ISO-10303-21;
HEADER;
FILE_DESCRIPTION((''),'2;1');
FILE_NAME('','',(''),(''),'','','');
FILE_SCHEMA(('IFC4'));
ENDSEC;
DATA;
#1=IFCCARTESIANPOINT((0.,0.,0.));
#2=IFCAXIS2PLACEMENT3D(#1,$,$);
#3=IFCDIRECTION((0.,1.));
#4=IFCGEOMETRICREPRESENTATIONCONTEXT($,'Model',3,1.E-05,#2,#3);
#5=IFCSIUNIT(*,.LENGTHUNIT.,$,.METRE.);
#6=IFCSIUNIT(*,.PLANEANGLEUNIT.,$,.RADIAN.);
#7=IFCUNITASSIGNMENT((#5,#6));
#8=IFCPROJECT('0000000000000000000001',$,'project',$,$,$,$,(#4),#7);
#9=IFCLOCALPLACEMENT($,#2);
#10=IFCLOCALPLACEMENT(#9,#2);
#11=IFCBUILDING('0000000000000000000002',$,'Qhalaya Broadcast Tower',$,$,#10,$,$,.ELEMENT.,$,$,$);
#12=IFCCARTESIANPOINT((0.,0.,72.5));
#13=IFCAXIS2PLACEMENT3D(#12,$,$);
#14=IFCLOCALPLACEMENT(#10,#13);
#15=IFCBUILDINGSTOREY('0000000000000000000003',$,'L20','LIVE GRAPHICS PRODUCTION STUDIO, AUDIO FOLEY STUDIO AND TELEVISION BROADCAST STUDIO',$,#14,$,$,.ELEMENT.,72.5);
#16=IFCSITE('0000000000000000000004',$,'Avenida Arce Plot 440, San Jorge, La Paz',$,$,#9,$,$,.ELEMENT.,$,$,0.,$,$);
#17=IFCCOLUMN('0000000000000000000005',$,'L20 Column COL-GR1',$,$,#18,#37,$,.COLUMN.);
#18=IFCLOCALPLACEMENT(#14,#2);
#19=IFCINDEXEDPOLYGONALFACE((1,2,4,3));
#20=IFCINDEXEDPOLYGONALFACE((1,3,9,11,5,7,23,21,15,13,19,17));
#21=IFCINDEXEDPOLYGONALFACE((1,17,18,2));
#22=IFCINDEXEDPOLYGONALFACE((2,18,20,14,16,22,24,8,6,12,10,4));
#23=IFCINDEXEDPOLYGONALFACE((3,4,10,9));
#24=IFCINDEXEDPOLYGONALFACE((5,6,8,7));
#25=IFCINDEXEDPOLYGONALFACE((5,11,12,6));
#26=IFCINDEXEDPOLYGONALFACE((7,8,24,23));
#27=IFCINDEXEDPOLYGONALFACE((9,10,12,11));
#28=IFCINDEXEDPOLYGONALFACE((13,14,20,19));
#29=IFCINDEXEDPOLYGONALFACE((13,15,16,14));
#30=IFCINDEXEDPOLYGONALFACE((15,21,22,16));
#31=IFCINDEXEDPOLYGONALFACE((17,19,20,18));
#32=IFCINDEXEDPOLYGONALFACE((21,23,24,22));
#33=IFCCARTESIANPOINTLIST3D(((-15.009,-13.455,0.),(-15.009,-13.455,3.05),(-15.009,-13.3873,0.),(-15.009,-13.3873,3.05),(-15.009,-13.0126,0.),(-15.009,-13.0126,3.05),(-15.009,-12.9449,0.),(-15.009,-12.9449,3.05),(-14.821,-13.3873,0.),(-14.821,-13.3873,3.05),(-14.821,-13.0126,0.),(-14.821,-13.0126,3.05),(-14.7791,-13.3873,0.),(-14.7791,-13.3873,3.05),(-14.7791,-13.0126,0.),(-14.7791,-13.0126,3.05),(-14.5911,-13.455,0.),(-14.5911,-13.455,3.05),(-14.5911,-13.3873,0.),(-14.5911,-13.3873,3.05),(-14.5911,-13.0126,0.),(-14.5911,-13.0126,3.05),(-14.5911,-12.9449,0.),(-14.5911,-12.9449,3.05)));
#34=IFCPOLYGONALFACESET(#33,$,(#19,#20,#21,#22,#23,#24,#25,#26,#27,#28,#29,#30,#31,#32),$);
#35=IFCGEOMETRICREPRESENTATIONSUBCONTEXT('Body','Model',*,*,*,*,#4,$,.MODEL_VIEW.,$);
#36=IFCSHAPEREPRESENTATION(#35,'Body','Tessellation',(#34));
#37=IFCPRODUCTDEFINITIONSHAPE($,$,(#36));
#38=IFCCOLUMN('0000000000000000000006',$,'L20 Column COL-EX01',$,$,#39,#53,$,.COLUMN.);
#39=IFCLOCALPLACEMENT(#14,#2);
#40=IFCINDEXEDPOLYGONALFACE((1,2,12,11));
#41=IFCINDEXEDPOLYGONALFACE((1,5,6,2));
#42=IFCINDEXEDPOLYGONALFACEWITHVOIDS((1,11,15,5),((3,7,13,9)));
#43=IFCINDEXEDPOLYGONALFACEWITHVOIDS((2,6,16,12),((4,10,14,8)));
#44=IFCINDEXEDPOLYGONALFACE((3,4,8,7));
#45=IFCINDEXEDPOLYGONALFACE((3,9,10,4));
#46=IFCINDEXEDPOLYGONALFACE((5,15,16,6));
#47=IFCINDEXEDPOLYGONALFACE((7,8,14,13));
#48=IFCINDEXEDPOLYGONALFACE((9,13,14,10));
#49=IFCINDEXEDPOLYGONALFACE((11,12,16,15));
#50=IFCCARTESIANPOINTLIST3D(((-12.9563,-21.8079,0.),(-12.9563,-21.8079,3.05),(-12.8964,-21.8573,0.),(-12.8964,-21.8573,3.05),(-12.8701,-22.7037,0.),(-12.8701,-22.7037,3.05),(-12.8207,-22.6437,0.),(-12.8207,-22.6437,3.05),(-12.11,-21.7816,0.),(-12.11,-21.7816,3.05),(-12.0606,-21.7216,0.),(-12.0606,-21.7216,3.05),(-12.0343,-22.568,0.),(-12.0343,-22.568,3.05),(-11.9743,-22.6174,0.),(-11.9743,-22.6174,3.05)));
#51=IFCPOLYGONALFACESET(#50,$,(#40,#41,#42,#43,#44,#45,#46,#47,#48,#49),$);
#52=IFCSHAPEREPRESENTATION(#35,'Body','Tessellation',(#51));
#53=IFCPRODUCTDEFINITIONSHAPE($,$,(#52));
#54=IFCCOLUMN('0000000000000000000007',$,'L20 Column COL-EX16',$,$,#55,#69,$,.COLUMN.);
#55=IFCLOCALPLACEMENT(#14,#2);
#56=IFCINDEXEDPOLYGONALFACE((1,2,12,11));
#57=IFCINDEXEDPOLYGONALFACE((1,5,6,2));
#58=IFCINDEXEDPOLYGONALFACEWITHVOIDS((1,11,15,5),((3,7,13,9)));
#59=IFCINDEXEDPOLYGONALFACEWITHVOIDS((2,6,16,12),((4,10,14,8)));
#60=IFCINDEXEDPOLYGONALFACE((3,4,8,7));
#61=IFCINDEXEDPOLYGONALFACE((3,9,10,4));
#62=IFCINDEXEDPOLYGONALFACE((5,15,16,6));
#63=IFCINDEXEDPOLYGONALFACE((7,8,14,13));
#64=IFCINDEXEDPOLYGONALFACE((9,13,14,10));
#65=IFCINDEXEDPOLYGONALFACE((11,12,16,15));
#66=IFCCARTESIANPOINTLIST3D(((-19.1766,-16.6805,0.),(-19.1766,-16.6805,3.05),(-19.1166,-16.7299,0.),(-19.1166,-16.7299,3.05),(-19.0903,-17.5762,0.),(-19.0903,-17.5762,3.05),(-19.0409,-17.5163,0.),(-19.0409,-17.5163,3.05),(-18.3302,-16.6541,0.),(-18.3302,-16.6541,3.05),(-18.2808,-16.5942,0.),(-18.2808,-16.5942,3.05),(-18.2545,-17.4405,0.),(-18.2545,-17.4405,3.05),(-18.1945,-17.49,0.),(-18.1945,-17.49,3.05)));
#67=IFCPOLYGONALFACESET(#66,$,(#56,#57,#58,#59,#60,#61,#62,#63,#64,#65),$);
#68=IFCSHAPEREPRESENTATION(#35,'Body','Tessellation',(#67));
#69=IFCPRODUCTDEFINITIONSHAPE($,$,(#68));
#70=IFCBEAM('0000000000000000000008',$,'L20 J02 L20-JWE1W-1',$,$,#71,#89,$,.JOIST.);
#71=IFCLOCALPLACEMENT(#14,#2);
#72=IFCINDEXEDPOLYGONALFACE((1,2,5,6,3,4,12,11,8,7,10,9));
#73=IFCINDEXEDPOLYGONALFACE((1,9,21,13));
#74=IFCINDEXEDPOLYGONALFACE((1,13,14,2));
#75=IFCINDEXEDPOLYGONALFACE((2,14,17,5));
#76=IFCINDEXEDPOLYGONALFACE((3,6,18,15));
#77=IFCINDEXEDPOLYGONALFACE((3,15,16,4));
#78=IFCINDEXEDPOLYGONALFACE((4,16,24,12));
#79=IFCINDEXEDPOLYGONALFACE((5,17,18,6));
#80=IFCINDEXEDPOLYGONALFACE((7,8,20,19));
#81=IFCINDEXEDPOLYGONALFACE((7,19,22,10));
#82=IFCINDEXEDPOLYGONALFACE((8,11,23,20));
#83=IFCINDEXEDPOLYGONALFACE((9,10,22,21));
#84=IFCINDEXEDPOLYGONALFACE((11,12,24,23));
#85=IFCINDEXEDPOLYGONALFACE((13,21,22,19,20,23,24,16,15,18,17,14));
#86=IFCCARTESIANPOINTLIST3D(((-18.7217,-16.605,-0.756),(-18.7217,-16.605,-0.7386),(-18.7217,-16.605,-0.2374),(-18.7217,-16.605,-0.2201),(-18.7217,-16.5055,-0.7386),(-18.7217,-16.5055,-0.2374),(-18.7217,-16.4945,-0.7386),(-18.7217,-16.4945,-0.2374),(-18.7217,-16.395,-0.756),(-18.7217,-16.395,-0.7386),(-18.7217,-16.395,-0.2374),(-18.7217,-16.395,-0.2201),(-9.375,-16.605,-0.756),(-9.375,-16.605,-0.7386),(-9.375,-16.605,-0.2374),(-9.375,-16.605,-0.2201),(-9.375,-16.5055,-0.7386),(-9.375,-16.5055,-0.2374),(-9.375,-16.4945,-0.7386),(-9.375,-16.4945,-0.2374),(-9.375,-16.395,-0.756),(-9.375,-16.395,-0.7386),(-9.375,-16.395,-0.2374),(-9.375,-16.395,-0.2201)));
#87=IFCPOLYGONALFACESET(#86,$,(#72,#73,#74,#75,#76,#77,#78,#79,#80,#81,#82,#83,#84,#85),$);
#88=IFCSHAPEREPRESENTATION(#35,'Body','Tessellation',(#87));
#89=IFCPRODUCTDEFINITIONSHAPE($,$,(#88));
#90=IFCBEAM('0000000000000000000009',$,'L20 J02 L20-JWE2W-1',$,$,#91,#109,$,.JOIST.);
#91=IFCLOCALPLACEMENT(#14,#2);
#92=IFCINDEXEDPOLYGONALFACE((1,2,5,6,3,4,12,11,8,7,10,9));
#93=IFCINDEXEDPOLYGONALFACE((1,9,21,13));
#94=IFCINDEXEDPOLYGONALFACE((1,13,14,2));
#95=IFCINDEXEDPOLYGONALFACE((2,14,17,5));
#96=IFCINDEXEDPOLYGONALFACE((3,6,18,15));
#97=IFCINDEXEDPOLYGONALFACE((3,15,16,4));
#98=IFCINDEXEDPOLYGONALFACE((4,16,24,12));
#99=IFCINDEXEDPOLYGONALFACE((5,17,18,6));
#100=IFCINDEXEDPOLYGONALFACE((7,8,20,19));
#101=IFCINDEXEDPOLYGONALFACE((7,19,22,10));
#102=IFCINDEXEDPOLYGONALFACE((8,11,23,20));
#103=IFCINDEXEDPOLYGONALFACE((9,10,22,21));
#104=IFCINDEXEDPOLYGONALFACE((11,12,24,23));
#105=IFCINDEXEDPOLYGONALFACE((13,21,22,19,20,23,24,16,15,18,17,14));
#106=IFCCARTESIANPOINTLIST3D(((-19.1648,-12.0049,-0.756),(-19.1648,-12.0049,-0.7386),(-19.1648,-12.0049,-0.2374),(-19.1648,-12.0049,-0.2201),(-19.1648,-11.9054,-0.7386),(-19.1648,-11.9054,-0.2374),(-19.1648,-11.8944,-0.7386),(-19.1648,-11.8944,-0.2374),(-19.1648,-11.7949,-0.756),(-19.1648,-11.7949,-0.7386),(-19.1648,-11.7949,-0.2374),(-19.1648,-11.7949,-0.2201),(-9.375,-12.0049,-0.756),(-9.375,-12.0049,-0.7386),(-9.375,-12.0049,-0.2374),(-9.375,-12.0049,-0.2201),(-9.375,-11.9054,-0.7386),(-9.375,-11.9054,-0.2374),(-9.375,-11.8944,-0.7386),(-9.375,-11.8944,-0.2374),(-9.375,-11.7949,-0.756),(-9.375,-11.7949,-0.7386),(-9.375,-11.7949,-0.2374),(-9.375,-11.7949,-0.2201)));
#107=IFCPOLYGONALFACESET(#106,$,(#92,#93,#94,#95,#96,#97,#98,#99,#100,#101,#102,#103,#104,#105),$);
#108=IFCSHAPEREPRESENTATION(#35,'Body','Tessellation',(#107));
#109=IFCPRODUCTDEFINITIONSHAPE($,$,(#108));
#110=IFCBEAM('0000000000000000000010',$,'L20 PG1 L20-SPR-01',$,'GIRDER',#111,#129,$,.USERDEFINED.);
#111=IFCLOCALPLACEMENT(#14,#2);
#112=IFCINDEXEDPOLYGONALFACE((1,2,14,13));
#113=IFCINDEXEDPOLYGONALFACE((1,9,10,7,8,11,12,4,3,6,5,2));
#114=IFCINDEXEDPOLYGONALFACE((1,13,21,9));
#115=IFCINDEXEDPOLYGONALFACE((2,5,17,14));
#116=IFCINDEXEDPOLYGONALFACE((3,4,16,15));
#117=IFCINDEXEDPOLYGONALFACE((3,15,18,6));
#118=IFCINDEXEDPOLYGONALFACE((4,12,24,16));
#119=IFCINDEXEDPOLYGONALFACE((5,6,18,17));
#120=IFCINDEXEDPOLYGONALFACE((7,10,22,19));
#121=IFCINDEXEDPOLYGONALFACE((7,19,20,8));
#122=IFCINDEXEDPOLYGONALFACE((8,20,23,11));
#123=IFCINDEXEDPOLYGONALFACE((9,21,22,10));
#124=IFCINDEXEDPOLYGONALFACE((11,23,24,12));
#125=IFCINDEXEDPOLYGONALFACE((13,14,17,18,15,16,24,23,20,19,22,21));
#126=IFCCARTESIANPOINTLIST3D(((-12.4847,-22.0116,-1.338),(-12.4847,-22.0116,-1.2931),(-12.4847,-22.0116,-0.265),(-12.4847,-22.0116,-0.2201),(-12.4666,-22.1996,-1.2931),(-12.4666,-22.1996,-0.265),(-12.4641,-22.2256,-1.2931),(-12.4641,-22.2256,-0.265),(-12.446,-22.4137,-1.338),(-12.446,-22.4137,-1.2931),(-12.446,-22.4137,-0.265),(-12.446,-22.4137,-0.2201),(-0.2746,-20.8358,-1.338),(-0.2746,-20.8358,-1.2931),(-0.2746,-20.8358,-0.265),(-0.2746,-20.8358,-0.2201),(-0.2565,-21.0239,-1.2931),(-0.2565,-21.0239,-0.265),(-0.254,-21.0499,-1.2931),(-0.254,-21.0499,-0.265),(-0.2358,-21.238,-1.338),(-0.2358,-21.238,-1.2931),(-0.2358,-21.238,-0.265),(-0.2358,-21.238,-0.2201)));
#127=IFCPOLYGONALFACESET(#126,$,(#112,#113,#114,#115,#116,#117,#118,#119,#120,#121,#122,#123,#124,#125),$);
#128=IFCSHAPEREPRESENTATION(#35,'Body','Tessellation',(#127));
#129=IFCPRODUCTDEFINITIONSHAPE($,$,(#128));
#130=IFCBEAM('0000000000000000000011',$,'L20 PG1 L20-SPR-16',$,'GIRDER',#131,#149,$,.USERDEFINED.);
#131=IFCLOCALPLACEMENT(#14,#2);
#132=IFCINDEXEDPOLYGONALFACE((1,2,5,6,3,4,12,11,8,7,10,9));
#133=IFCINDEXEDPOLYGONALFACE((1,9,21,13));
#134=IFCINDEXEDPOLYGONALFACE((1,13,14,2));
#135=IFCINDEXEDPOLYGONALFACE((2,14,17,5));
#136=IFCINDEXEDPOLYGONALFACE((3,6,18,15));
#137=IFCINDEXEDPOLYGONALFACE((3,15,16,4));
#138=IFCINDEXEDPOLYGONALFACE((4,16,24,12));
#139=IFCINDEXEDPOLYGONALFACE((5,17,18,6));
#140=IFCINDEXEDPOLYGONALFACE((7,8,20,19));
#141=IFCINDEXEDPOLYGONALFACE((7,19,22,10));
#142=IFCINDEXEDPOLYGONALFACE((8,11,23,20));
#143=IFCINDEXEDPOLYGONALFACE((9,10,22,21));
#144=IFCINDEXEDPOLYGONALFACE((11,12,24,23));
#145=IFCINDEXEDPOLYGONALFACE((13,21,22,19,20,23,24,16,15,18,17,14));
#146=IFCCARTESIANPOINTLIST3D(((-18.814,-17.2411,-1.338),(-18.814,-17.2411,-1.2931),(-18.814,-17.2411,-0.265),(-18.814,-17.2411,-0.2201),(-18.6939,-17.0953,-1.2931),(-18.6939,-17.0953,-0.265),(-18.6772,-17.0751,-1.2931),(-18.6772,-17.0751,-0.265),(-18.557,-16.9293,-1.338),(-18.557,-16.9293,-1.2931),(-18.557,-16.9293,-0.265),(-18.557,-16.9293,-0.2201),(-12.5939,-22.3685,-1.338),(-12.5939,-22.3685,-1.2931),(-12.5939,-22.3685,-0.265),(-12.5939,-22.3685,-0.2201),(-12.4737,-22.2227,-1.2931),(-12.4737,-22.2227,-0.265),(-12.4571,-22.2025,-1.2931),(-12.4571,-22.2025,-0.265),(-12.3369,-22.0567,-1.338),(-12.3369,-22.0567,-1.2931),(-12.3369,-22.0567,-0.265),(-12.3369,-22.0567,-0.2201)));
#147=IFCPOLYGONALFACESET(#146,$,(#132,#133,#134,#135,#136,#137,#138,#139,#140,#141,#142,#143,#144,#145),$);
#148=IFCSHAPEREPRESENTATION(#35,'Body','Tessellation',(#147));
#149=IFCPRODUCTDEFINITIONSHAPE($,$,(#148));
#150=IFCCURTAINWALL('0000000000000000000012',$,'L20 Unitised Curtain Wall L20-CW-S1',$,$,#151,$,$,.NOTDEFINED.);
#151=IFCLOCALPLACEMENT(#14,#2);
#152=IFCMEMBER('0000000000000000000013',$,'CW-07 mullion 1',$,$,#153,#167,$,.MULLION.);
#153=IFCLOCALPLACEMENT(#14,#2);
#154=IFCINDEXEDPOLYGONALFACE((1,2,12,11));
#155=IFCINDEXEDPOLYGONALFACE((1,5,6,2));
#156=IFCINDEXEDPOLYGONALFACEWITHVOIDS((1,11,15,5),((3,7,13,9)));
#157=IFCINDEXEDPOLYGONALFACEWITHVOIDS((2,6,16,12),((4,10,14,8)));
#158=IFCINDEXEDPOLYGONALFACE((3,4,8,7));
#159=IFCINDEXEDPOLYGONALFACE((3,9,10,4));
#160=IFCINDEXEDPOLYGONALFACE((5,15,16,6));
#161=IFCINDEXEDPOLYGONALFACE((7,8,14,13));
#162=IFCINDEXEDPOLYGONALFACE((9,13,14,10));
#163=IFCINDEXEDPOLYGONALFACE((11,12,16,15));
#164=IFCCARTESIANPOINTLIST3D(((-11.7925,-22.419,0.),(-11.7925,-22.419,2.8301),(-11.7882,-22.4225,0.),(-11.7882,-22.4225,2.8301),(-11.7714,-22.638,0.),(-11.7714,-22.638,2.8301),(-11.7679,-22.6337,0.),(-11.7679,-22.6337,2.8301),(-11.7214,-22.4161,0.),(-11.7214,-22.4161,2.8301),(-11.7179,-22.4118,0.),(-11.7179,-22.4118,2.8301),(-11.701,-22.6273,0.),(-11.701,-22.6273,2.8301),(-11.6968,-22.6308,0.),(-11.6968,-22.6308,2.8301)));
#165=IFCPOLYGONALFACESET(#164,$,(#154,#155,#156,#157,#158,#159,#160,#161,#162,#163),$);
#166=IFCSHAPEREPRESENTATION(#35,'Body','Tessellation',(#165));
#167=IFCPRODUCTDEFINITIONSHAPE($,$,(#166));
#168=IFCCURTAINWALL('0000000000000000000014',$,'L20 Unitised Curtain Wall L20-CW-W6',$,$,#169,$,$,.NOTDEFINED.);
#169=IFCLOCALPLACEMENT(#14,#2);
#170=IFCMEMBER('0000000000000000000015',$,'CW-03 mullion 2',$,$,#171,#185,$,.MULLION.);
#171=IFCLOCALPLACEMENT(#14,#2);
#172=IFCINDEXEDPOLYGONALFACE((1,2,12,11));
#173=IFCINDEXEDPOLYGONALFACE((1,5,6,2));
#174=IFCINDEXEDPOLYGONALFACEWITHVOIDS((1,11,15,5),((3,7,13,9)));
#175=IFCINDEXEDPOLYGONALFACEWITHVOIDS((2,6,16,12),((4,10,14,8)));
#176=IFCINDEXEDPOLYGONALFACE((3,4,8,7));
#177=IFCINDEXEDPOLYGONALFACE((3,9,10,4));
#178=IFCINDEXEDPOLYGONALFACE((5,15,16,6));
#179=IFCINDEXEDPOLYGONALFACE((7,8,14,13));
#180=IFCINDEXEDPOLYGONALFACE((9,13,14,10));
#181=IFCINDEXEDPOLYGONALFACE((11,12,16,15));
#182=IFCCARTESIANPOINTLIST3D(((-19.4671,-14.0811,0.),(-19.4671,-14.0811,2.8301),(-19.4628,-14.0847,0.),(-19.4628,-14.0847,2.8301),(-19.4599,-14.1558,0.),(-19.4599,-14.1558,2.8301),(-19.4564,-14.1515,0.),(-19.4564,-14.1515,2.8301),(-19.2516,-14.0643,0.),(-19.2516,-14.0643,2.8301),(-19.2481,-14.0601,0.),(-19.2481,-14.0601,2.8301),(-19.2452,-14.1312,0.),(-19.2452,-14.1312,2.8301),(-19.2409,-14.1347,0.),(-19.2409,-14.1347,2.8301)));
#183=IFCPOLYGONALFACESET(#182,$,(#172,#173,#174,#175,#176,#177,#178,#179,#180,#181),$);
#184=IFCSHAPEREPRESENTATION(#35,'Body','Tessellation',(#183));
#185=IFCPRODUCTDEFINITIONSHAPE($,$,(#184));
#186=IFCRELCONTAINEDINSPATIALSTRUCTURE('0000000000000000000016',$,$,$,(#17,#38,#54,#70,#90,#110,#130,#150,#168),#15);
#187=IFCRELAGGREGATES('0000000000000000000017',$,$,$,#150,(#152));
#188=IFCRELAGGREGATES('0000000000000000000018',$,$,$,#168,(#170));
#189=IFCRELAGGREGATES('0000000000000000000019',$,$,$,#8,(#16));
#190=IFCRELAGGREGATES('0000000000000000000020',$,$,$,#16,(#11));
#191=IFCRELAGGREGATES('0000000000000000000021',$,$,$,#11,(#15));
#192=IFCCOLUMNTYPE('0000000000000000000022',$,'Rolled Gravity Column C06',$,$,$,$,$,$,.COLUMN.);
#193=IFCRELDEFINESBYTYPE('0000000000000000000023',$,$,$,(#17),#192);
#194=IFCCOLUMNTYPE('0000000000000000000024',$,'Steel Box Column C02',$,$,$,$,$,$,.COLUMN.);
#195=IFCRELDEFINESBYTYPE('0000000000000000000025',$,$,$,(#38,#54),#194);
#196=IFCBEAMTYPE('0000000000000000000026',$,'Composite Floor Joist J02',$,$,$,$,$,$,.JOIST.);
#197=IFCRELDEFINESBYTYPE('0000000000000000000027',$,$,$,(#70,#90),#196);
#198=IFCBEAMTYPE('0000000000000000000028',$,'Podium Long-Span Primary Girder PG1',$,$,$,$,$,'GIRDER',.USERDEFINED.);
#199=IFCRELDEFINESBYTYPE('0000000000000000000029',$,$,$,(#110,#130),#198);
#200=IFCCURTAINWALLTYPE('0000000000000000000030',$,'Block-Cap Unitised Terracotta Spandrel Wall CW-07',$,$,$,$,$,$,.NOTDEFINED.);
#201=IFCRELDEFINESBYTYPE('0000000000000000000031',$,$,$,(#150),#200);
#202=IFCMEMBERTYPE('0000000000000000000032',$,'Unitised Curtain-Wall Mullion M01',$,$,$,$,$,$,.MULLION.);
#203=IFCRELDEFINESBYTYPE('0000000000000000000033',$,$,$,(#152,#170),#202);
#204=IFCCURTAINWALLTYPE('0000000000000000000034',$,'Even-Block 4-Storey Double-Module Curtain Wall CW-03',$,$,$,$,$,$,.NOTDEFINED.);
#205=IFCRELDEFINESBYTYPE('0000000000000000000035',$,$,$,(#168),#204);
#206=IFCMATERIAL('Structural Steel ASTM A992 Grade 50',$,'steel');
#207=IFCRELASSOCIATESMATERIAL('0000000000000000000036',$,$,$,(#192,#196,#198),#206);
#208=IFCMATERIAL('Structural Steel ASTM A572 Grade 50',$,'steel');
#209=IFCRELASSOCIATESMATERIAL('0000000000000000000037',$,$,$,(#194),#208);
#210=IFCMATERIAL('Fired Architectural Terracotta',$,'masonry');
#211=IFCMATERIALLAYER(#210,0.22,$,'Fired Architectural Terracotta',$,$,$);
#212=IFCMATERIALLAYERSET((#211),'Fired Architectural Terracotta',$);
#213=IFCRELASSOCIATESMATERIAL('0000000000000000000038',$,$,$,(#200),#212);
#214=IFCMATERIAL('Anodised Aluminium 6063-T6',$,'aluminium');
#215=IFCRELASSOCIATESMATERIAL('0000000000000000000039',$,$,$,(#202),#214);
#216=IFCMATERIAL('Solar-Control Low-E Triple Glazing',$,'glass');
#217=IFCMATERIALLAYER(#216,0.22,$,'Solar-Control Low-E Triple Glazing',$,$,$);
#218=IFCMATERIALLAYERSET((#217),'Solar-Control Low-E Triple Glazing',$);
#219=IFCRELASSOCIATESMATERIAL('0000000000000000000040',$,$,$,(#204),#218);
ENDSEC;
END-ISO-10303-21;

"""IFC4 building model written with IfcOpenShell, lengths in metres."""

from ifc_helpers import new_model, si_unit, direction, frame, origin, origin_2d, place, context, subcontext, project, spatial, hollow_rectangle, i_section, extrude, material, layer, layer_set, material_profile, profile_set, type_object, element, aggregate, save


model = new_model("IFC4")

# Units and contexts
model_context = context("Model", 3, precision=1e-05, world=origin(), true_north=direction((0.0, 1.0)))
body_context = subcontext(model_context, "Body", "Model", "MODEL_VIEW")
ifc_project = project(units=[si_unit("LENGTHUNIT", "METRE"), si_unit("PLANEANGLEUNIT", "RADIAN")], contexts=[model_context])

# Site, building, storey
site_placement = place(None, origin())
site = spatial("IfcSite", under=ifc_project, at=site_placement, Name="Avenida Arce Plot 440, San Jorge, La Paz", CompositionType="ELEMENT", RefElevation=0.0)
building_placement = place(site_placement, origin())
building = spatial("IfcBuilding", under=site, at=building_placement, Name="Qhalaya Broadcast Tower", CompositionType="ELEMENT")
storey_placement = place(building_placement, frame((0.0, 0.0, 72.5)))
storey = spatial("IfcBuildingStorey", under=building, at=storey_placement, Name="L20", Description="LIVE GRAPHICS PRODUCTION STUDIO, AUDIO FOLEY STUDIO AND TELEVISION BROADCAST STUDIO", CompositionType="ELEMENT", Elevation=72.5)

# Columns
ifc_material_1 = material(Name="Structural Steel ASTM A992 Grade 50", Category="steel")
ifc_material_profile_1 = material_profile(ifc_material_1, i_section(OverallWidth=0.418, OverallDepth=0.51, WebThickness=0.042, FlangeThickness=0.0676, at=origin_2d()), Name="W14X370")
ifc_profile_set_1 = profile_set([ifc_material_profile_1], Name="Structural Steel ASTM A992 Grade 50")
column_type_1 = type_object("IfcColumnType", Name="Rolled Gravity Column C06", PredefinedType="COLUMN", material=ifc_profile_set_1)
column_placement = place(storey_placement, frame((-14.8, -13.2, 0.0), z_axis=(0.0, 0.0, 1.0), x_axis=(1.0, 0.0, 0.0)))
element("IfcColumn", 1, at=column_placement, inside=storey, type_object=column_type_1, Name="L20 Column COL-GR1", PredefinedType="COLUMN", context=body_context, shape_type="SweptSolid", body=[
    extrude(i_section(OverallWidth=0.418, OverallDepth=0.51, WebThickness=0.042, FlangeThickness=0.0676, at=origin_2d()), origin(), (0.0, 0.0, 1.0), 3.05),
])
ifc_material_2 = material(Name="Structural Steel ASTM A572 Grade 50", Category="steel")
ifc_material_profile_2 = material_profile(ifc_material_2, hollow_rectangle(XDim=0.8999, YDim=0.8999, WallThickness=0.0549, at=origin_2d()), Name="BOX 900x900x55")
ifc_profile_set_2 = profile_set([ifc_material_profile_2], Name="Structural Steel ASTM A572 Grade 50")
column_type_2 = type_object("IfcColumnType", Name="Steel Box Column C02", PredefinedType="COLUMN", material=ifc_profile_set_2)
for number, where, z_axis, x_axis, name in (
    (2, (-12.4653, -22.2126, 0.0), (0.0, 0.0, 1.0), (0.995396, 0.095846, 0.0), "L20 Column COL-EX01"),
    (3, (-18.6855, -17.0852, 0.0), (0.0, 0.0, 1.0), (-0.095846, 0.995396, 0.0), "L20 Column COL-EX16"),
):
    element("IfcColumn", number, at=place(storey_placement, frame(where, z_axis=z_axis, x_axis=x_axis)), inside=storey, type_object=column_type_2, Name=name, PredefinedType="COLUMN", context=body_context, shape_type="SweptSolid", body=[
        extrude(hollow_rectangle(XDim=0.8999, YDim=0.8999, WallThickness=0.0549, at=origin_2d()), origin(), (0.0, 0.0, 1.0), 3.05),
    ])

# Beams
ifc_material_profile_3 = material_profile(ifc_material_1, i_section(OverallWidth=0.21, OverallDepth=0.5359, WebThickness=0.011, FlangeThickness=0.0173, at=origin_2d()), Name="W21X68")
ifc_profile_set_3 = profile_set([ifc_material_profile_3], Name="Structural Steel ASTM A992 Grade 50")
beam_type_1 = type_object("IfcBeamType", Name="Composite Floor Joist J02", PredefinedType="JOIST", material=ifc_profile_set_3)
beam_1_placement = place(storey_placement, frame((-18.7217, -16.5, -0.488), z_axis=(1.0, 0.0, 0.0), x_axis=(0.0, 1.0, 0.0)))
element("IfcBeam", 4, at=beam_1_placement, inside=storey, type_object=beam_type_1, Name="L20 J02 L20-JWE1W-1", PredefinedType="JOIST", context=body_context, shape_type="SweptSolid", body=[
    extrude(i_section(OverallWidth=0.21, OverallDepth=0.5359, WebThickness=0.011, FlangeThickness=0.0173, at=origin_2d()), origin(), (0.0, 0.0, 1.0), 9.3467),
])
beam_2_placement = place(storey_placement, frame((-19.1648, -11.8999, -0.488), z_axis=(1.0, 0.0, 0.0), x_axis=(0.0, 1.0, 0.0)))
element("IfcBeam", 5, at=beam_2_placement, inside=storey, type_object=beam_type_1, Name="L20 J02 L20-JWE2W-1", PredefinedType="JOIST", context=body_context, shape_type="SweptSolid", body=[
    extrude(i_section(OverallWidth=0.21, OverallDepth=0.5359, WebThickness=0.011, FlangeThickness=0.0173, at=origin_2d()), origin(), (0.0, 0.0, 1.0), 9.7898),
])
ifc_material_profile_4 = material_profile(ifc_material_1, i_section(OverallWidth=0.4041, OverallDepth=1.1179, WebThickness=0.0261, FlangeThickness=0.0449, at=origin_2d()), Name="W44X335")
ifc_profile_set_4 = profile_set([ifc_material_profile_4], Name="Structural Steel ASTM A992 Grade 50")
beam_type_2 = type_object("IfcBeamType", Name="Podium Long-Span Primary Girder PG1", ElementType="GIRDER", PredefinedType="USERDEFINED", material=ifc_profile_set_4)
beam_3_placement = place(storey_placement, frame((-12.4653, -22.2126, -0.7791), z_axis=(0.995396, 0.095852, 0.0), x_axis=(-0.095852, 0.995396, 0.0)))
element("IfcBeam", 6, at=beam_3_placement, inside=storey, type_object=beam_type_2, Name="L20 PG1 L20-SPR-01", ObjectType="GIRDER", PredefinedType="USERDEFINED", context=body_context, shape_type="SweptSolid", body=[
    extrude(i_section(OverallWidth=0.4041, OverallDepth=1.1179, WebThickness=0.0261, FlangeThickness=0.0449, at=origin_2d()), origin(), (0.0, 0.0, 1.0), 12.2666),
])
beam_4_placement = place(storey_placement, frame((-18.6855, -17.0852, -0.7791), z_axis=(0.771631, -0.63607, 0.0), x_axis=(0.63607, 0.771631, 0.0)))
element("IfcBeam", 7, at=beam_4_placement, inside=storey, type_object=beam_type_2, Name="L20 PG1 L20-SPR-16", ObjectType="GIRDER", PredefinedType="USERDEFINED", context=body_context, shape_type="SweptSolid", body=[
    extrude(i_section(OverallWidth=0.4041, OverallDepth=1.1179, WebThickness=0.0261, FlangeThickness=0.0449, at=origin_2d()), origin(), (0.0, 0.0, 1.0), 8.061),
])

# Curtain walls, members
ifc_material_3 = material(Name="Fired Architectural Terracotta", Category="masonry")
ifc_layer_1 = layer(ifc_material_3, 0.22, Name="Fired Architectural Terracotta")
ifc_layer_set_1 = layer_set([ifc_layer_1], Name="Fired Architectural Terracotta")
curtain_wall_type_1 = type_object("IfcCurtainWallType", Name="Block-Cap Unitised Terracotta Spandrel Wall CW-07", PredefinedType="NOTDEFINED", material=ifc_layer_set_1)
curtain_wall_1_placement = place(storey_placement, origin())
curtain_wall_1 = element("IfcCurtainWall", 8, at=curtain_wall_1_placement, inside=storey, type_object=curtain_wall_type_1, Name="L20 Unitised Curtain Wall L20-CW-S1", PredefinedType="NOTDEFINED")
ifc_material_4 = material(Name="Anodised Aluminium 6063-T6", Category="aluminium")
ifc_material_profile_5 = material_profile(ifc_material_4, hollow_rectangle(XDim=0.075, YDim=0.22, WallThickness=0.0039, at=origin_2d()), Name="ALU-MUL 75x220x4")
ifc_profile_set_5 = profile_set([ifc_material_profile_5], Name="Anodised Aluminium 6063-T6")
member_type_1 = type_object("IfcMemberType", Name="Unitised Curtain-Wall Mullion M01", PredefinedType="MULLION", material=ifc_profile_set_5)
member_1_placement = place(storey_placement, frame((-11.7446, -22.5249, 0.0), z_axis=(0.0, 0.0, 1.0), x_axis=(0.995396, 0.095846, 0.0)))
member_1 = element("IfcMember", 9, at=member_1_placement, type_object=member_type_1, Name="CW-07 mullion 1", PredefinedType="MULLION", context=body_context, shape_type="SweptSolid", body=[
    extrude(hollow_rectangle(XDim=0.075, YDim=0.22, WallThickness=0.0039, at=origin_2d()), origin(), (0.0, 0.0, 1.0), 2.8301),
])
ifc_material_5 = material(Name="Solar-Control Low-E Triple Glazing", Category="glass")
ifc_layer_2 = layer(ifc_material_5, 0.22, Name="Solar-Control Low-E Triple Glazing")
ifc_layer_set_2 = layer_set([ifc_layer_2], Name="Solar-Control Low-E Triple Glazing")
curtain_wall_type_2 = type_object("IfcCurtainWallType", Name="Even-Block 4-Storey Double-Module Curtain Wall CW-03", PredefinedType="NOTDEFINED", material=ifc_layer_set_2)
curtain_wall_2_placement = place(storey_placement, origin())
curtain_wall_2 = element("IfcCurtainWall", 10, at=curtain_wall_2_placement, inside=storey, type_object=curtain_wall_type_2, Name="L20 Unitised Curtain Wall L20-CW-W6", PredefinedType="NOTDEFINED")
member_2_placement = place(storey_placement, frame((-19.354, -14.1079, 0.0), z_axis=(0.0, 0.0, 1.0), x_axis=(0.095845, -0.995396, 0.0)))
member_2 = element("IfcMember", 11, at=member_2_placement, type_object=member_type_1, Name="CW-03 mullion 2", PredefinedType="MULLION", context=body_context, shape_type="SweptSolid", body=[
    extrude(hollow_rectangle(XDim=0.075, YDim=0.22, WallThickness=0.0039, at=origin_2d()), origin(), (0.0, 0.0, 1.0), 2.8301),
])

aggregate(curtain_wall_1, [member_1])

aggregate(curtain_wall_2, [member_2])

save(model, "model.ifc")
